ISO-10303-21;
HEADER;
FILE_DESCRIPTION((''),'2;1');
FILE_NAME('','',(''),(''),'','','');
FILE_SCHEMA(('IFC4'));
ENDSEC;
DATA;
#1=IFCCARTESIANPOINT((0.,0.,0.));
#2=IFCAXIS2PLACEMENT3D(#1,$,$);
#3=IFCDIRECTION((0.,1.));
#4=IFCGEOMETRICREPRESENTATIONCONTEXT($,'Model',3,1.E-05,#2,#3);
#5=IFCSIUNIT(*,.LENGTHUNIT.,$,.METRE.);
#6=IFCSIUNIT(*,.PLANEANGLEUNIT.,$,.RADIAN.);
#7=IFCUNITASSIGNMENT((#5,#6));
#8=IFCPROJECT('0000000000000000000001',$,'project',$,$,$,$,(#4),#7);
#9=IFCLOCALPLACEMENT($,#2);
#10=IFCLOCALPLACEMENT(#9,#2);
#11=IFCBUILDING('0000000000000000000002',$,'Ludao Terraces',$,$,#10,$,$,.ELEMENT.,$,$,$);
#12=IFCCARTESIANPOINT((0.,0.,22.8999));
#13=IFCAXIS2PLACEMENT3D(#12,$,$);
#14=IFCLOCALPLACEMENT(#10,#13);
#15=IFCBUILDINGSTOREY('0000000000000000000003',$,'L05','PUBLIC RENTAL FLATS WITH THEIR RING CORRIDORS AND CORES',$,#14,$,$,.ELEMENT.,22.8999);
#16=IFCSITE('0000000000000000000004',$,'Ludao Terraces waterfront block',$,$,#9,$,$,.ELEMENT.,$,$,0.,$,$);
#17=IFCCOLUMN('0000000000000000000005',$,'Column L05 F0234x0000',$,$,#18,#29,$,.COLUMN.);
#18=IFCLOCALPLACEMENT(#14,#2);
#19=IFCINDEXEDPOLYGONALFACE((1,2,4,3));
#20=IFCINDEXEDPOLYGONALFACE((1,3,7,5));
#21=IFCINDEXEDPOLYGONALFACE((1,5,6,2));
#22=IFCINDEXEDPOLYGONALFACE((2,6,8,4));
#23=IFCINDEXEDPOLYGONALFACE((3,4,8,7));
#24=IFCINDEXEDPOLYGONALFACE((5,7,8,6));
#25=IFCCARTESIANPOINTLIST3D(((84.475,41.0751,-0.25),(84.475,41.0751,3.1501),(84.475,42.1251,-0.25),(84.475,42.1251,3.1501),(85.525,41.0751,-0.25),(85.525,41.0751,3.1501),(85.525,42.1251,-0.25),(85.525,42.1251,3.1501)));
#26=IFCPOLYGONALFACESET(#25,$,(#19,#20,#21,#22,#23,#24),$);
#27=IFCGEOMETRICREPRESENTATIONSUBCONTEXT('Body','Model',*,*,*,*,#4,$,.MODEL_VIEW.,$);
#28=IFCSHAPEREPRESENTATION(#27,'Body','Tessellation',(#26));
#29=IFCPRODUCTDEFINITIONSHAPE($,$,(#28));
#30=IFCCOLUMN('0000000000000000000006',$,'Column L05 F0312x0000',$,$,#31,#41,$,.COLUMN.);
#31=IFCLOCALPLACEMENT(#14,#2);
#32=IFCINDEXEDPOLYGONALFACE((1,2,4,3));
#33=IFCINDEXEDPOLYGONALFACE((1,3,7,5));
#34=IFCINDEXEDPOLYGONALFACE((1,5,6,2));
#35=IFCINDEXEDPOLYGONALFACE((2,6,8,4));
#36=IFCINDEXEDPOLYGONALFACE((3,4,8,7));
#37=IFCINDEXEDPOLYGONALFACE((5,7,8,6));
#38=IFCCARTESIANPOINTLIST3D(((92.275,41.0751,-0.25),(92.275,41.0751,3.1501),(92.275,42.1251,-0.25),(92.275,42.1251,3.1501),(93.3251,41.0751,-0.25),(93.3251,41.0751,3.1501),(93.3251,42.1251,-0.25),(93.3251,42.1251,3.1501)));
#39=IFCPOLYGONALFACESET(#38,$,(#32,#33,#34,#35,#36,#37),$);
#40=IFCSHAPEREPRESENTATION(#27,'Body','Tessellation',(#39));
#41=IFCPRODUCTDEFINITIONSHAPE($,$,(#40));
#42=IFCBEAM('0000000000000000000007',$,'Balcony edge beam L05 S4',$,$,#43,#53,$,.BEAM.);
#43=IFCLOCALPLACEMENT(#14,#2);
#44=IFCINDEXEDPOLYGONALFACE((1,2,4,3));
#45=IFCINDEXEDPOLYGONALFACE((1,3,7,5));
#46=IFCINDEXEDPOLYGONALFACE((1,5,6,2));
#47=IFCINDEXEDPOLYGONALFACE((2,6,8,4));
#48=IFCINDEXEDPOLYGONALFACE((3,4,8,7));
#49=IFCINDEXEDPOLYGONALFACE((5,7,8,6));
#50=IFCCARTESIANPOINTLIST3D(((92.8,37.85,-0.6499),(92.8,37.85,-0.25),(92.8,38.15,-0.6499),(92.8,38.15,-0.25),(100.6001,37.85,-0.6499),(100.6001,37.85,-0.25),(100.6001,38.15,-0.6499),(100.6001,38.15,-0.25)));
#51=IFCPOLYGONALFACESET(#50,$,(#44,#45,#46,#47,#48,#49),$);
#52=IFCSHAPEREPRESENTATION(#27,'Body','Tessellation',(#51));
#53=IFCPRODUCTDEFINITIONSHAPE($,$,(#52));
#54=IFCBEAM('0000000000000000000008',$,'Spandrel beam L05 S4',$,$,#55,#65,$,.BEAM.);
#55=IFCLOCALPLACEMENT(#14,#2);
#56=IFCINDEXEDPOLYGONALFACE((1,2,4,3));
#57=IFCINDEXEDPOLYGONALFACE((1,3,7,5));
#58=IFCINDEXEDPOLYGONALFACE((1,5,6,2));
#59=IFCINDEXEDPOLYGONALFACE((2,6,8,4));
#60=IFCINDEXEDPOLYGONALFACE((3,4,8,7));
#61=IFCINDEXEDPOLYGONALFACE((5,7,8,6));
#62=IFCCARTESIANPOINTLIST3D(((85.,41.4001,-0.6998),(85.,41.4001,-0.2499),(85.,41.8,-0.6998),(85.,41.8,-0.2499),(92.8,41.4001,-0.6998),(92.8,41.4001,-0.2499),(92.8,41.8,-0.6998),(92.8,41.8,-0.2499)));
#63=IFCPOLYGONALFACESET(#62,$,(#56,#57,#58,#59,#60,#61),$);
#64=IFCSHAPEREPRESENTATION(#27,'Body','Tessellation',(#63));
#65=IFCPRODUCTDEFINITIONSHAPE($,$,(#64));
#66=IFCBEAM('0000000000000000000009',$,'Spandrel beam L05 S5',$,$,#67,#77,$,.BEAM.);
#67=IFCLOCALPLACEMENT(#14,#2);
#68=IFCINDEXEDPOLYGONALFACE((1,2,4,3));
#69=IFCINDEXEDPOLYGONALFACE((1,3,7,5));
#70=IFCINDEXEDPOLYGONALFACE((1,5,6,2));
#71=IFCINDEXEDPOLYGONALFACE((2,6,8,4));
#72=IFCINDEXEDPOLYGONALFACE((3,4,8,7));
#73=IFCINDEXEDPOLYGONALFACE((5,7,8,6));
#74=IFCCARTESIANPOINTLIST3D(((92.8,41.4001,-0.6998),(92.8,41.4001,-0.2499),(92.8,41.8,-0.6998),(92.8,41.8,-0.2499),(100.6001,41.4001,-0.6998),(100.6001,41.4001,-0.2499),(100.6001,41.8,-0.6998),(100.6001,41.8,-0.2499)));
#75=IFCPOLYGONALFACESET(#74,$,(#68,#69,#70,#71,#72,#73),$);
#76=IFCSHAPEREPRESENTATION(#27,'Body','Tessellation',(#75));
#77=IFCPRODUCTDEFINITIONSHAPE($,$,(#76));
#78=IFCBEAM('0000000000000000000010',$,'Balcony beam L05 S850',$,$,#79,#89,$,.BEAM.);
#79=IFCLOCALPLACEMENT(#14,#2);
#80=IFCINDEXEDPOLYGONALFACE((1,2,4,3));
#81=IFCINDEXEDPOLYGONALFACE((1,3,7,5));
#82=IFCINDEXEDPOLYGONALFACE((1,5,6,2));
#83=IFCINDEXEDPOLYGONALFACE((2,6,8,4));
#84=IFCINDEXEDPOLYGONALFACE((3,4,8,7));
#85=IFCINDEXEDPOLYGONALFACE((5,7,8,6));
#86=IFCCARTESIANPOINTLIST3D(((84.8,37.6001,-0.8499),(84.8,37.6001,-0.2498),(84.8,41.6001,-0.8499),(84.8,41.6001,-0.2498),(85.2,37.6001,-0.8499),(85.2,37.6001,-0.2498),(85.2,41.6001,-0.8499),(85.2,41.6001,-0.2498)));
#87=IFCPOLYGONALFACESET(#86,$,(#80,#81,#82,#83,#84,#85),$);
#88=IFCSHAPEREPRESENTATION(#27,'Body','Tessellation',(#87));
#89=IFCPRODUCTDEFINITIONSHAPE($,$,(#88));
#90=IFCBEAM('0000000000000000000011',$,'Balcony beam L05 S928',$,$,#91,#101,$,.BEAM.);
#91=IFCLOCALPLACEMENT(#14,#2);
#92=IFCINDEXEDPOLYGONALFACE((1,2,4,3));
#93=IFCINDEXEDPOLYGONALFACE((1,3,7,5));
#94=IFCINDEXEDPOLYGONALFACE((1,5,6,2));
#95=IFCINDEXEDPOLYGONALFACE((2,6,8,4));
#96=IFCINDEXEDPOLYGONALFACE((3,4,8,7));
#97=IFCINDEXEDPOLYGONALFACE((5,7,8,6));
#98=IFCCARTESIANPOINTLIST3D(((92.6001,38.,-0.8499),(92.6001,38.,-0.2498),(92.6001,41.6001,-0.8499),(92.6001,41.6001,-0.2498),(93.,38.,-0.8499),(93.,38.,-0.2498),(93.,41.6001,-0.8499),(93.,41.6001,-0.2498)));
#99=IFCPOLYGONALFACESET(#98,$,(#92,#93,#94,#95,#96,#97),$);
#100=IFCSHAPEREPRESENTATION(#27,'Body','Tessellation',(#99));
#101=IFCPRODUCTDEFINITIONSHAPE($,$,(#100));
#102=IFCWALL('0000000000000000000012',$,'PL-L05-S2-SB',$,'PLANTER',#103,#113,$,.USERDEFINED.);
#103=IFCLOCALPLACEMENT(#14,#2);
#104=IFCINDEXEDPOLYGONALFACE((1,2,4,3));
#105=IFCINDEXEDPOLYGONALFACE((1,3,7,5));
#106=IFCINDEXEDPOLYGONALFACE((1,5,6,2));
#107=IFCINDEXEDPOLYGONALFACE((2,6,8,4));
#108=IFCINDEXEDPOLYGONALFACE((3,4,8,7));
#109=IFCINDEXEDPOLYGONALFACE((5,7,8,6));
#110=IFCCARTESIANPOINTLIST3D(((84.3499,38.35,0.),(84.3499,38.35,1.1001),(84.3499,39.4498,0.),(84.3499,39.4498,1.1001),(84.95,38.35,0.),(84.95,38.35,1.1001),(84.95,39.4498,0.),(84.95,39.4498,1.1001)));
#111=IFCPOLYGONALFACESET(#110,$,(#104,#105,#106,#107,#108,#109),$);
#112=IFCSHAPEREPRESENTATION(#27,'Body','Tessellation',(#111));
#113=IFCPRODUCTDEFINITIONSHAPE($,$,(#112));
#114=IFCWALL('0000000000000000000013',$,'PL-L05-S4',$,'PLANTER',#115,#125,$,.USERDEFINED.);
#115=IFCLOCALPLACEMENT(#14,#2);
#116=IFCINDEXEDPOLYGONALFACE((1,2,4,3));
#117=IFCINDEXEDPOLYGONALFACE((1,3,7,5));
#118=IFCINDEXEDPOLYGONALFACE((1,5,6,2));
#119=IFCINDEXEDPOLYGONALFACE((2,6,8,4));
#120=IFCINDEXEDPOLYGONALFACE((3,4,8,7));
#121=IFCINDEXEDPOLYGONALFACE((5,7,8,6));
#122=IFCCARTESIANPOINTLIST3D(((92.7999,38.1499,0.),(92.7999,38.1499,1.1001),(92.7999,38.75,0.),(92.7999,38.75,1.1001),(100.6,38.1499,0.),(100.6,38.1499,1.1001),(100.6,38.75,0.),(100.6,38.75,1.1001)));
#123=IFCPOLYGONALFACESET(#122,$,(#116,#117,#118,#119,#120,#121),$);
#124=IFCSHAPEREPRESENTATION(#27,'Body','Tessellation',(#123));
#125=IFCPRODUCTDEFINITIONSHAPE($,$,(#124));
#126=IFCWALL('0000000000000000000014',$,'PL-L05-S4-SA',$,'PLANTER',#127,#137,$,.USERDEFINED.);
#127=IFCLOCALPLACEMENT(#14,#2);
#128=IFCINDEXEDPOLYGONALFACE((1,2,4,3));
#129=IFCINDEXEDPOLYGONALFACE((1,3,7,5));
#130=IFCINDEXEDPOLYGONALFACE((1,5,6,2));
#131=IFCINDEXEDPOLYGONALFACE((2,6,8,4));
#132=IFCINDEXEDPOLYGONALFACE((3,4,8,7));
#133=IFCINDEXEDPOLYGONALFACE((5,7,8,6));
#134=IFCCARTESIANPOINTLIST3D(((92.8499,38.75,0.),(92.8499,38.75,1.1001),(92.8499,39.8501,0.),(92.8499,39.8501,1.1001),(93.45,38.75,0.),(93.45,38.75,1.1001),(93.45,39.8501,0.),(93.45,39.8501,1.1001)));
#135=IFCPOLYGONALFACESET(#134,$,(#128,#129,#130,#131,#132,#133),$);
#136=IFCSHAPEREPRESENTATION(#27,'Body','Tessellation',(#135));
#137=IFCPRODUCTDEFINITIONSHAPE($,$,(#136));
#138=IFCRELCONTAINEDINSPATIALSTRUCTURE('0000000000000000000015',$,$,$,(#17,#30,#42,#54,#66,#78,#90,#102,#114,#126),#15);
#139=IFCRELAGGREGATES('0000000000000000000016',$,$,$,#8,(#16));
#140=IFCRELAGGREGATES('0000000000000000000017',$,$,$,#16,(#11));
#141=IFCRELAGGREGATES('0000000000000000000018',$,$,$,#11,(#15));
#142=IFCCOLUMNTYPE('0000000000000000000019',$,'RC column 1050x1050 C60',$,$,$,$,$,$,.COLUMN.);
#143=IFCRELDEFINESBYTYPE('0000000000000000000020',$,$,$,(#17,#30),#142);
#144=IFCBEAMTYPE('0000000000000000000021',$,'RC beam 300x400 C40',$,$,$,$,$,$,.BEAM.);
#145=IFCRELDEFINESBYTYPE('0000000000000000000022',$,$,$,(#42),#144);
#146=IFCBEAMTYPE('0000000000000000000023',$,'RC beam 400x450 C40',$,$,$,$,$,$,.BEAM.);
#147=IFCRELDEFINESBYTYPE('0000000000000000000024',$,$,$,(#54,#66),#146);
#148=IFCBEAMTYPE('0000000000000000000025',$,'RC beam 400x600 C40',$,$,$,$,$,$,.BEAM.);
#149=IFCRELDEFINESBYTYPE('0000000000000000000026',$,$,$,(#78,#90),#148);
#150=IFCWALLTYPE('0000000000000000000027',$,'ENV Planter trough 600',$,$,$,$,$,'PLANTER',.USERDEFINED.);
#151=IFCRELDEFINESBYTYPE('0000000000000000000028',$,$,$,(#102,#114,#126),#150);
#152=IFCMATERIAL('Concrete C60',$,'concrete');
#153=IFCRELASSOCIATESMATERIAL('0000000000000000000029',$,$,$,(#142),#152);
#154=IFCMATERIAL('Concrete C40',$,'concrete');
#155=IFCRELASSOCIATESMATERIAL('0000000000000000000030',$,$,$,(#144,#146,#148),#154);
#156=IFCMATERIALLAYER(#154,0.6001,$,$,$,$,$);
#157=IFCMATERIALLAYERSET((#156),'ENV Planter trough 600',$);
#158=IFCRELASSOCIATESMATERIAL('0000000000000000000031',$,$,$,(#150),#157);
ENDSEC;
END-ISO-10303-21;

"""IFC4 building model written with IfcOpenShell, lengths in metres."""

from ifc_helpers import new_model, si_unit, direction, frame, frame_2d, origin, origin_2d, place, context, subcontext, project, spatial, rectangle, extrude, material, layer, layer_set, material_profile, profile_set, type_object, element, save


model = new_model("IFC4")

# Units and contexts
model_context = context("Model", 3, precision=1e-05, world=origin(), true_north=direction((0.0, 1.0)))
body_context = subcontext(model_context, "Body", "Model", "MODEL_VIEW")
ifc_project = project(units=[si_unit("LENGTHUNIT", "METRE"), si_unit("PLANEANGLEUNIT", "RADIAN")], contexts=[model_context])

# Site, building, storey
site_placement = place(None, origin())
site = spatial("IfcSite", under=ifc_project, at=site_placement, Name="Ludao Terraces waterfront block", CompositionType="ELEMENT", RefElevation=0.0)
building_placement = place(site_placement, origin())
building = spatial("IfcBuilding", under=site, at=building_placement, Name="Ludao Terraces", CompositionType="ELEMENT")
storey_placement = place(building_placement, frame((0.0, 0.0, 22.8999)))
storey = spatial("IfcBuildingStorey", under=building, at=storey_placement, Name="L05", Description="PUBLIC RENTAL FLATS WITH THEIR RING CORRIDORS AND CORES", CompositionType="ELEMENT", Elevation=22.8999)

# Columns
ifc_material_1 = material(Name="Concrete C60", Category="concrete")
ifc_material_profile_1 = material_profile(ifc_material_1, rectangle(XDim=1.05, YDim=1.05, at=origin_2d()), Name="1050 X 1050")
ifc_profile_set_1 = profile_set([ifc_material_profile_1], Name="Concrete C60")
column_type = type_object("IfcColumnType", Name="RC column 1050x1050 C60", PredefinedType="COLUMN", material=ifc_profile_set_1)
for number, where, z_axis, x_axis, name in (
    (1, (85.0, 41.6001, -0.25), (0.0, 0.0, 1.0), (1.0, 0.0, 0.0), "Column L05 F0234x0000"),
    (2, (92.8, 41.6001, -0.25), (0.0, 0.0, 1.0), (1.0, 0.0, 0.0), "Column L05 F0312x0000"),
):
    element("IfcColumn", number, at=place(storey_placement, frame(where, z_axis=z_axis, x_axis=x_axis)), inside=storey, type_object=column_type, Name=name, PredefinedType="COLUMN", context=body_context, shape_type="SweptSolid", body=[
        extrude(rectangle(XDim=1.05, YDim=1.05, at=origin_2d()), origin(), (0.0, 0.0, 1.0), 3.4001),
    ])

# Beams
ifc_material_2 = material(Name="Concrete C40", Category="concrete")
ifc_material_profile_2 = material_profile(ifc_material_2, rectangle(XDim=0.3, YDim=0.3999, at=origin_2d()), Name="300 X 400")
ifc_profile_set_2 = profile_set([ifc_material_profile_2], Name="Concrete C40")
beam_type_1 = type_object("IfcBeamType", Name="RC beam 300x400 C40", PredefinedType="BEAM", material=ifc_profile_set_2)
beam_1_placement = place(storey_placement, frame((92.8, 38.0, -0.45), z_axis=(1.0, 0.0, 0.0), x_axis=(0.0, 1.0, 0.0)))
element("IfcBeam", 3, at=beam_1_placement, inside=storey, type_object=beam_type_1, Name="Balcony edge beam L05 S4", PredefinedType="BEAM", context=body_context, shape_type="SweptSolid", body=[
    extrude(rectangle(XDim=0.3, YDim=0.3999, at=origin_2d()), origin(), (0.0, 0.0, 1.0), 7.8),
])
ifc_material_profile_3 = material_profile(ifc_material_2, rectangle(XDim=0.3999, YDim=0.45, at=origin_2d()), Name="400 X 450")
ifc_profile_set_3 = profile_set([ifc_material_profile_3], Name="Concrete C40")
beam_type_2 = type_object("IfcBeamType", Name="RC beam 400x450 C40", PredefinedType="BEAM", material=ifc_profile_set_3)
for number, where, z_axis, x_axis, name in (
    (4, (85.0, 41.6001, -0.4749), (1.0, 0.0, 0.0), (0.0, 1.0, 0.0), "Spandrel beam L05 S4"),
    (5, (92.8, 41.6001, -0.4749), (1.0, 0.0, 0.0), (0.0, 1.0, 0.0), "Spandrel beam L05 S5"),
):
    element("IfcBeam", number, at=place(storey_placement, frame(where, z_axis=z_axis, x_axis=x_axis)), inside=storey, type_object=beam_type_2, Name=name, PredefinedType="BEAM", context=body_context, shape_type="SweptSolid", body=[
        extrude(rectangle(XDim=0.3999, YDim=0.45, at=origin_2d()), origin(), (0.0, 0.0, 1.0), 7.8),
    ])
ifc_material_profile_4 = material_profile(ifc_material_2, rectangle(XDim=0.3999, YDim=0.6001, at=origin_2d()), Name="400 X 600")
ifc_profile_set_4 = profile_set([ifc_material_profile_4], Name="Concrete C40")
beam_type_3 = type_object("IfcBeamType", Name="RC beam 400x600 C40", PredefinedType="BEAM", material=ifc_profile_set_4)
beam_2_placement = place(storey_placement, frame((85.0, 41.6001, -0.5498), z_axis=(0.0, -1.0, 0.0), x_axis=(1.0, 0.0, 0.0)))
element("IfcBeam", 6, at=beam_2_placement, inside=storey, type_object=beam_type_3, Name="Balcony beam L05 S850", PredefinedType="BEAM", context=body_context, shape_type="SweptSolid", body=[
    extrude(rectangle(XDim=0.3999, YDim=0.6001, at=origin_2d()), origin(), (0.0, 0.0, 1.0), 4.0),
])
beam_3_placement = place(storey_placement, frame((92.8, 41.6001, -0.5498), z_axis=(0.0, -1.0, 0.0), x_axis=(1.0, 0.0, 0.0)))
element("IfcBeam", 7, at=beam_3_placement, inside=storey, type_object=beam_type_3, Name="Balcony beam L05 S928", PredefinedType="BEAM", context=body_context, shape_type="SweptSolid", body=[
    extrude(rectangle(XDim=0.3999, YDim=0.6001, at=origin_2d()), origin(), (0.0, 0.0, 1.0), 3.6001),
])

# Walls
ifc_layer_1 = layer(ifc_material_2, 0.6001)
ifc_layer_set_1 = layer_set([ifc_layer_1], Name="ENV Planter trough 600")
wall_type_1 = type_object("IfcWallType", Name="ENV Planter trough 600", ElementType="PLANTER", PredefinedType="USERDEFINED", material=ifc_layer_set_1)
wall_1_placement = place(storey_placement, frame((84.6499, 38.3501, 0.0), z_axis=(0.0, 0.0, 1.0), x_axis=(0.0, 1.0, 0.0)))
element("IfcWall", 8, at=wall_1_placement, inside=storey, type_object=wall_type_1, Name="PL-L05-S2-SB", ObjectType="PLANTER", PredefinedType="USERDEFINED", context=body_context, shape_type="SweptSolid", body=[
    extrude(rectangle(XDim=1.0999, YDim=0.6001, at=frame_2d((0.5498, 0.0))), origin(), (0.0, 0.0, 1.0), 1.1001),
])
wall_2_placement = place(storey_placement, frame((92.8, 38.45, 0.0), z_axis=(0.0, 0.0, 1.0), x_axis=(1.0, 0.0, 0.0)))
element("IfcWall", 9, at=wall_2_placement, inside=storey, type_object=wall_type_1, Name="PL-L05-S4", ObjectType="PLANTER", PredefinedType="USERDEFINED", context=body_context, shape_type="SweptSolid", body=[
    extrude(rectangle(XDim=7.8, YDim=0.6001, at=frame_2d((3.8999, 0.0))), origin(), (0.0, 0.0, 1.0), 1.1001),
])
wall_3_placement = place(storey_placement, frame((93.1499, 38.75, 0.0), z_axis=(0.0, 0.0, 1.0), x_axis=(0.0, 1.0, 0.0)))
element("IfcWall", 10, at=wall_3_placement, inside=storey, type_object=wall_type_1, Name="PL-L05-S4-SA", ObjectType="PLANTER", PredefinedType="USERDEFINED", context=body_context, shape_type="SweptSolid", body=[
    extrude(rectangle(XDim=1.1001, YDim=0.6001, at=frame_2d((0.55, 0.0))), origin(), (0.0, 0.0, 1.0), 1.1001),
])

save(model, "model.ifc")
